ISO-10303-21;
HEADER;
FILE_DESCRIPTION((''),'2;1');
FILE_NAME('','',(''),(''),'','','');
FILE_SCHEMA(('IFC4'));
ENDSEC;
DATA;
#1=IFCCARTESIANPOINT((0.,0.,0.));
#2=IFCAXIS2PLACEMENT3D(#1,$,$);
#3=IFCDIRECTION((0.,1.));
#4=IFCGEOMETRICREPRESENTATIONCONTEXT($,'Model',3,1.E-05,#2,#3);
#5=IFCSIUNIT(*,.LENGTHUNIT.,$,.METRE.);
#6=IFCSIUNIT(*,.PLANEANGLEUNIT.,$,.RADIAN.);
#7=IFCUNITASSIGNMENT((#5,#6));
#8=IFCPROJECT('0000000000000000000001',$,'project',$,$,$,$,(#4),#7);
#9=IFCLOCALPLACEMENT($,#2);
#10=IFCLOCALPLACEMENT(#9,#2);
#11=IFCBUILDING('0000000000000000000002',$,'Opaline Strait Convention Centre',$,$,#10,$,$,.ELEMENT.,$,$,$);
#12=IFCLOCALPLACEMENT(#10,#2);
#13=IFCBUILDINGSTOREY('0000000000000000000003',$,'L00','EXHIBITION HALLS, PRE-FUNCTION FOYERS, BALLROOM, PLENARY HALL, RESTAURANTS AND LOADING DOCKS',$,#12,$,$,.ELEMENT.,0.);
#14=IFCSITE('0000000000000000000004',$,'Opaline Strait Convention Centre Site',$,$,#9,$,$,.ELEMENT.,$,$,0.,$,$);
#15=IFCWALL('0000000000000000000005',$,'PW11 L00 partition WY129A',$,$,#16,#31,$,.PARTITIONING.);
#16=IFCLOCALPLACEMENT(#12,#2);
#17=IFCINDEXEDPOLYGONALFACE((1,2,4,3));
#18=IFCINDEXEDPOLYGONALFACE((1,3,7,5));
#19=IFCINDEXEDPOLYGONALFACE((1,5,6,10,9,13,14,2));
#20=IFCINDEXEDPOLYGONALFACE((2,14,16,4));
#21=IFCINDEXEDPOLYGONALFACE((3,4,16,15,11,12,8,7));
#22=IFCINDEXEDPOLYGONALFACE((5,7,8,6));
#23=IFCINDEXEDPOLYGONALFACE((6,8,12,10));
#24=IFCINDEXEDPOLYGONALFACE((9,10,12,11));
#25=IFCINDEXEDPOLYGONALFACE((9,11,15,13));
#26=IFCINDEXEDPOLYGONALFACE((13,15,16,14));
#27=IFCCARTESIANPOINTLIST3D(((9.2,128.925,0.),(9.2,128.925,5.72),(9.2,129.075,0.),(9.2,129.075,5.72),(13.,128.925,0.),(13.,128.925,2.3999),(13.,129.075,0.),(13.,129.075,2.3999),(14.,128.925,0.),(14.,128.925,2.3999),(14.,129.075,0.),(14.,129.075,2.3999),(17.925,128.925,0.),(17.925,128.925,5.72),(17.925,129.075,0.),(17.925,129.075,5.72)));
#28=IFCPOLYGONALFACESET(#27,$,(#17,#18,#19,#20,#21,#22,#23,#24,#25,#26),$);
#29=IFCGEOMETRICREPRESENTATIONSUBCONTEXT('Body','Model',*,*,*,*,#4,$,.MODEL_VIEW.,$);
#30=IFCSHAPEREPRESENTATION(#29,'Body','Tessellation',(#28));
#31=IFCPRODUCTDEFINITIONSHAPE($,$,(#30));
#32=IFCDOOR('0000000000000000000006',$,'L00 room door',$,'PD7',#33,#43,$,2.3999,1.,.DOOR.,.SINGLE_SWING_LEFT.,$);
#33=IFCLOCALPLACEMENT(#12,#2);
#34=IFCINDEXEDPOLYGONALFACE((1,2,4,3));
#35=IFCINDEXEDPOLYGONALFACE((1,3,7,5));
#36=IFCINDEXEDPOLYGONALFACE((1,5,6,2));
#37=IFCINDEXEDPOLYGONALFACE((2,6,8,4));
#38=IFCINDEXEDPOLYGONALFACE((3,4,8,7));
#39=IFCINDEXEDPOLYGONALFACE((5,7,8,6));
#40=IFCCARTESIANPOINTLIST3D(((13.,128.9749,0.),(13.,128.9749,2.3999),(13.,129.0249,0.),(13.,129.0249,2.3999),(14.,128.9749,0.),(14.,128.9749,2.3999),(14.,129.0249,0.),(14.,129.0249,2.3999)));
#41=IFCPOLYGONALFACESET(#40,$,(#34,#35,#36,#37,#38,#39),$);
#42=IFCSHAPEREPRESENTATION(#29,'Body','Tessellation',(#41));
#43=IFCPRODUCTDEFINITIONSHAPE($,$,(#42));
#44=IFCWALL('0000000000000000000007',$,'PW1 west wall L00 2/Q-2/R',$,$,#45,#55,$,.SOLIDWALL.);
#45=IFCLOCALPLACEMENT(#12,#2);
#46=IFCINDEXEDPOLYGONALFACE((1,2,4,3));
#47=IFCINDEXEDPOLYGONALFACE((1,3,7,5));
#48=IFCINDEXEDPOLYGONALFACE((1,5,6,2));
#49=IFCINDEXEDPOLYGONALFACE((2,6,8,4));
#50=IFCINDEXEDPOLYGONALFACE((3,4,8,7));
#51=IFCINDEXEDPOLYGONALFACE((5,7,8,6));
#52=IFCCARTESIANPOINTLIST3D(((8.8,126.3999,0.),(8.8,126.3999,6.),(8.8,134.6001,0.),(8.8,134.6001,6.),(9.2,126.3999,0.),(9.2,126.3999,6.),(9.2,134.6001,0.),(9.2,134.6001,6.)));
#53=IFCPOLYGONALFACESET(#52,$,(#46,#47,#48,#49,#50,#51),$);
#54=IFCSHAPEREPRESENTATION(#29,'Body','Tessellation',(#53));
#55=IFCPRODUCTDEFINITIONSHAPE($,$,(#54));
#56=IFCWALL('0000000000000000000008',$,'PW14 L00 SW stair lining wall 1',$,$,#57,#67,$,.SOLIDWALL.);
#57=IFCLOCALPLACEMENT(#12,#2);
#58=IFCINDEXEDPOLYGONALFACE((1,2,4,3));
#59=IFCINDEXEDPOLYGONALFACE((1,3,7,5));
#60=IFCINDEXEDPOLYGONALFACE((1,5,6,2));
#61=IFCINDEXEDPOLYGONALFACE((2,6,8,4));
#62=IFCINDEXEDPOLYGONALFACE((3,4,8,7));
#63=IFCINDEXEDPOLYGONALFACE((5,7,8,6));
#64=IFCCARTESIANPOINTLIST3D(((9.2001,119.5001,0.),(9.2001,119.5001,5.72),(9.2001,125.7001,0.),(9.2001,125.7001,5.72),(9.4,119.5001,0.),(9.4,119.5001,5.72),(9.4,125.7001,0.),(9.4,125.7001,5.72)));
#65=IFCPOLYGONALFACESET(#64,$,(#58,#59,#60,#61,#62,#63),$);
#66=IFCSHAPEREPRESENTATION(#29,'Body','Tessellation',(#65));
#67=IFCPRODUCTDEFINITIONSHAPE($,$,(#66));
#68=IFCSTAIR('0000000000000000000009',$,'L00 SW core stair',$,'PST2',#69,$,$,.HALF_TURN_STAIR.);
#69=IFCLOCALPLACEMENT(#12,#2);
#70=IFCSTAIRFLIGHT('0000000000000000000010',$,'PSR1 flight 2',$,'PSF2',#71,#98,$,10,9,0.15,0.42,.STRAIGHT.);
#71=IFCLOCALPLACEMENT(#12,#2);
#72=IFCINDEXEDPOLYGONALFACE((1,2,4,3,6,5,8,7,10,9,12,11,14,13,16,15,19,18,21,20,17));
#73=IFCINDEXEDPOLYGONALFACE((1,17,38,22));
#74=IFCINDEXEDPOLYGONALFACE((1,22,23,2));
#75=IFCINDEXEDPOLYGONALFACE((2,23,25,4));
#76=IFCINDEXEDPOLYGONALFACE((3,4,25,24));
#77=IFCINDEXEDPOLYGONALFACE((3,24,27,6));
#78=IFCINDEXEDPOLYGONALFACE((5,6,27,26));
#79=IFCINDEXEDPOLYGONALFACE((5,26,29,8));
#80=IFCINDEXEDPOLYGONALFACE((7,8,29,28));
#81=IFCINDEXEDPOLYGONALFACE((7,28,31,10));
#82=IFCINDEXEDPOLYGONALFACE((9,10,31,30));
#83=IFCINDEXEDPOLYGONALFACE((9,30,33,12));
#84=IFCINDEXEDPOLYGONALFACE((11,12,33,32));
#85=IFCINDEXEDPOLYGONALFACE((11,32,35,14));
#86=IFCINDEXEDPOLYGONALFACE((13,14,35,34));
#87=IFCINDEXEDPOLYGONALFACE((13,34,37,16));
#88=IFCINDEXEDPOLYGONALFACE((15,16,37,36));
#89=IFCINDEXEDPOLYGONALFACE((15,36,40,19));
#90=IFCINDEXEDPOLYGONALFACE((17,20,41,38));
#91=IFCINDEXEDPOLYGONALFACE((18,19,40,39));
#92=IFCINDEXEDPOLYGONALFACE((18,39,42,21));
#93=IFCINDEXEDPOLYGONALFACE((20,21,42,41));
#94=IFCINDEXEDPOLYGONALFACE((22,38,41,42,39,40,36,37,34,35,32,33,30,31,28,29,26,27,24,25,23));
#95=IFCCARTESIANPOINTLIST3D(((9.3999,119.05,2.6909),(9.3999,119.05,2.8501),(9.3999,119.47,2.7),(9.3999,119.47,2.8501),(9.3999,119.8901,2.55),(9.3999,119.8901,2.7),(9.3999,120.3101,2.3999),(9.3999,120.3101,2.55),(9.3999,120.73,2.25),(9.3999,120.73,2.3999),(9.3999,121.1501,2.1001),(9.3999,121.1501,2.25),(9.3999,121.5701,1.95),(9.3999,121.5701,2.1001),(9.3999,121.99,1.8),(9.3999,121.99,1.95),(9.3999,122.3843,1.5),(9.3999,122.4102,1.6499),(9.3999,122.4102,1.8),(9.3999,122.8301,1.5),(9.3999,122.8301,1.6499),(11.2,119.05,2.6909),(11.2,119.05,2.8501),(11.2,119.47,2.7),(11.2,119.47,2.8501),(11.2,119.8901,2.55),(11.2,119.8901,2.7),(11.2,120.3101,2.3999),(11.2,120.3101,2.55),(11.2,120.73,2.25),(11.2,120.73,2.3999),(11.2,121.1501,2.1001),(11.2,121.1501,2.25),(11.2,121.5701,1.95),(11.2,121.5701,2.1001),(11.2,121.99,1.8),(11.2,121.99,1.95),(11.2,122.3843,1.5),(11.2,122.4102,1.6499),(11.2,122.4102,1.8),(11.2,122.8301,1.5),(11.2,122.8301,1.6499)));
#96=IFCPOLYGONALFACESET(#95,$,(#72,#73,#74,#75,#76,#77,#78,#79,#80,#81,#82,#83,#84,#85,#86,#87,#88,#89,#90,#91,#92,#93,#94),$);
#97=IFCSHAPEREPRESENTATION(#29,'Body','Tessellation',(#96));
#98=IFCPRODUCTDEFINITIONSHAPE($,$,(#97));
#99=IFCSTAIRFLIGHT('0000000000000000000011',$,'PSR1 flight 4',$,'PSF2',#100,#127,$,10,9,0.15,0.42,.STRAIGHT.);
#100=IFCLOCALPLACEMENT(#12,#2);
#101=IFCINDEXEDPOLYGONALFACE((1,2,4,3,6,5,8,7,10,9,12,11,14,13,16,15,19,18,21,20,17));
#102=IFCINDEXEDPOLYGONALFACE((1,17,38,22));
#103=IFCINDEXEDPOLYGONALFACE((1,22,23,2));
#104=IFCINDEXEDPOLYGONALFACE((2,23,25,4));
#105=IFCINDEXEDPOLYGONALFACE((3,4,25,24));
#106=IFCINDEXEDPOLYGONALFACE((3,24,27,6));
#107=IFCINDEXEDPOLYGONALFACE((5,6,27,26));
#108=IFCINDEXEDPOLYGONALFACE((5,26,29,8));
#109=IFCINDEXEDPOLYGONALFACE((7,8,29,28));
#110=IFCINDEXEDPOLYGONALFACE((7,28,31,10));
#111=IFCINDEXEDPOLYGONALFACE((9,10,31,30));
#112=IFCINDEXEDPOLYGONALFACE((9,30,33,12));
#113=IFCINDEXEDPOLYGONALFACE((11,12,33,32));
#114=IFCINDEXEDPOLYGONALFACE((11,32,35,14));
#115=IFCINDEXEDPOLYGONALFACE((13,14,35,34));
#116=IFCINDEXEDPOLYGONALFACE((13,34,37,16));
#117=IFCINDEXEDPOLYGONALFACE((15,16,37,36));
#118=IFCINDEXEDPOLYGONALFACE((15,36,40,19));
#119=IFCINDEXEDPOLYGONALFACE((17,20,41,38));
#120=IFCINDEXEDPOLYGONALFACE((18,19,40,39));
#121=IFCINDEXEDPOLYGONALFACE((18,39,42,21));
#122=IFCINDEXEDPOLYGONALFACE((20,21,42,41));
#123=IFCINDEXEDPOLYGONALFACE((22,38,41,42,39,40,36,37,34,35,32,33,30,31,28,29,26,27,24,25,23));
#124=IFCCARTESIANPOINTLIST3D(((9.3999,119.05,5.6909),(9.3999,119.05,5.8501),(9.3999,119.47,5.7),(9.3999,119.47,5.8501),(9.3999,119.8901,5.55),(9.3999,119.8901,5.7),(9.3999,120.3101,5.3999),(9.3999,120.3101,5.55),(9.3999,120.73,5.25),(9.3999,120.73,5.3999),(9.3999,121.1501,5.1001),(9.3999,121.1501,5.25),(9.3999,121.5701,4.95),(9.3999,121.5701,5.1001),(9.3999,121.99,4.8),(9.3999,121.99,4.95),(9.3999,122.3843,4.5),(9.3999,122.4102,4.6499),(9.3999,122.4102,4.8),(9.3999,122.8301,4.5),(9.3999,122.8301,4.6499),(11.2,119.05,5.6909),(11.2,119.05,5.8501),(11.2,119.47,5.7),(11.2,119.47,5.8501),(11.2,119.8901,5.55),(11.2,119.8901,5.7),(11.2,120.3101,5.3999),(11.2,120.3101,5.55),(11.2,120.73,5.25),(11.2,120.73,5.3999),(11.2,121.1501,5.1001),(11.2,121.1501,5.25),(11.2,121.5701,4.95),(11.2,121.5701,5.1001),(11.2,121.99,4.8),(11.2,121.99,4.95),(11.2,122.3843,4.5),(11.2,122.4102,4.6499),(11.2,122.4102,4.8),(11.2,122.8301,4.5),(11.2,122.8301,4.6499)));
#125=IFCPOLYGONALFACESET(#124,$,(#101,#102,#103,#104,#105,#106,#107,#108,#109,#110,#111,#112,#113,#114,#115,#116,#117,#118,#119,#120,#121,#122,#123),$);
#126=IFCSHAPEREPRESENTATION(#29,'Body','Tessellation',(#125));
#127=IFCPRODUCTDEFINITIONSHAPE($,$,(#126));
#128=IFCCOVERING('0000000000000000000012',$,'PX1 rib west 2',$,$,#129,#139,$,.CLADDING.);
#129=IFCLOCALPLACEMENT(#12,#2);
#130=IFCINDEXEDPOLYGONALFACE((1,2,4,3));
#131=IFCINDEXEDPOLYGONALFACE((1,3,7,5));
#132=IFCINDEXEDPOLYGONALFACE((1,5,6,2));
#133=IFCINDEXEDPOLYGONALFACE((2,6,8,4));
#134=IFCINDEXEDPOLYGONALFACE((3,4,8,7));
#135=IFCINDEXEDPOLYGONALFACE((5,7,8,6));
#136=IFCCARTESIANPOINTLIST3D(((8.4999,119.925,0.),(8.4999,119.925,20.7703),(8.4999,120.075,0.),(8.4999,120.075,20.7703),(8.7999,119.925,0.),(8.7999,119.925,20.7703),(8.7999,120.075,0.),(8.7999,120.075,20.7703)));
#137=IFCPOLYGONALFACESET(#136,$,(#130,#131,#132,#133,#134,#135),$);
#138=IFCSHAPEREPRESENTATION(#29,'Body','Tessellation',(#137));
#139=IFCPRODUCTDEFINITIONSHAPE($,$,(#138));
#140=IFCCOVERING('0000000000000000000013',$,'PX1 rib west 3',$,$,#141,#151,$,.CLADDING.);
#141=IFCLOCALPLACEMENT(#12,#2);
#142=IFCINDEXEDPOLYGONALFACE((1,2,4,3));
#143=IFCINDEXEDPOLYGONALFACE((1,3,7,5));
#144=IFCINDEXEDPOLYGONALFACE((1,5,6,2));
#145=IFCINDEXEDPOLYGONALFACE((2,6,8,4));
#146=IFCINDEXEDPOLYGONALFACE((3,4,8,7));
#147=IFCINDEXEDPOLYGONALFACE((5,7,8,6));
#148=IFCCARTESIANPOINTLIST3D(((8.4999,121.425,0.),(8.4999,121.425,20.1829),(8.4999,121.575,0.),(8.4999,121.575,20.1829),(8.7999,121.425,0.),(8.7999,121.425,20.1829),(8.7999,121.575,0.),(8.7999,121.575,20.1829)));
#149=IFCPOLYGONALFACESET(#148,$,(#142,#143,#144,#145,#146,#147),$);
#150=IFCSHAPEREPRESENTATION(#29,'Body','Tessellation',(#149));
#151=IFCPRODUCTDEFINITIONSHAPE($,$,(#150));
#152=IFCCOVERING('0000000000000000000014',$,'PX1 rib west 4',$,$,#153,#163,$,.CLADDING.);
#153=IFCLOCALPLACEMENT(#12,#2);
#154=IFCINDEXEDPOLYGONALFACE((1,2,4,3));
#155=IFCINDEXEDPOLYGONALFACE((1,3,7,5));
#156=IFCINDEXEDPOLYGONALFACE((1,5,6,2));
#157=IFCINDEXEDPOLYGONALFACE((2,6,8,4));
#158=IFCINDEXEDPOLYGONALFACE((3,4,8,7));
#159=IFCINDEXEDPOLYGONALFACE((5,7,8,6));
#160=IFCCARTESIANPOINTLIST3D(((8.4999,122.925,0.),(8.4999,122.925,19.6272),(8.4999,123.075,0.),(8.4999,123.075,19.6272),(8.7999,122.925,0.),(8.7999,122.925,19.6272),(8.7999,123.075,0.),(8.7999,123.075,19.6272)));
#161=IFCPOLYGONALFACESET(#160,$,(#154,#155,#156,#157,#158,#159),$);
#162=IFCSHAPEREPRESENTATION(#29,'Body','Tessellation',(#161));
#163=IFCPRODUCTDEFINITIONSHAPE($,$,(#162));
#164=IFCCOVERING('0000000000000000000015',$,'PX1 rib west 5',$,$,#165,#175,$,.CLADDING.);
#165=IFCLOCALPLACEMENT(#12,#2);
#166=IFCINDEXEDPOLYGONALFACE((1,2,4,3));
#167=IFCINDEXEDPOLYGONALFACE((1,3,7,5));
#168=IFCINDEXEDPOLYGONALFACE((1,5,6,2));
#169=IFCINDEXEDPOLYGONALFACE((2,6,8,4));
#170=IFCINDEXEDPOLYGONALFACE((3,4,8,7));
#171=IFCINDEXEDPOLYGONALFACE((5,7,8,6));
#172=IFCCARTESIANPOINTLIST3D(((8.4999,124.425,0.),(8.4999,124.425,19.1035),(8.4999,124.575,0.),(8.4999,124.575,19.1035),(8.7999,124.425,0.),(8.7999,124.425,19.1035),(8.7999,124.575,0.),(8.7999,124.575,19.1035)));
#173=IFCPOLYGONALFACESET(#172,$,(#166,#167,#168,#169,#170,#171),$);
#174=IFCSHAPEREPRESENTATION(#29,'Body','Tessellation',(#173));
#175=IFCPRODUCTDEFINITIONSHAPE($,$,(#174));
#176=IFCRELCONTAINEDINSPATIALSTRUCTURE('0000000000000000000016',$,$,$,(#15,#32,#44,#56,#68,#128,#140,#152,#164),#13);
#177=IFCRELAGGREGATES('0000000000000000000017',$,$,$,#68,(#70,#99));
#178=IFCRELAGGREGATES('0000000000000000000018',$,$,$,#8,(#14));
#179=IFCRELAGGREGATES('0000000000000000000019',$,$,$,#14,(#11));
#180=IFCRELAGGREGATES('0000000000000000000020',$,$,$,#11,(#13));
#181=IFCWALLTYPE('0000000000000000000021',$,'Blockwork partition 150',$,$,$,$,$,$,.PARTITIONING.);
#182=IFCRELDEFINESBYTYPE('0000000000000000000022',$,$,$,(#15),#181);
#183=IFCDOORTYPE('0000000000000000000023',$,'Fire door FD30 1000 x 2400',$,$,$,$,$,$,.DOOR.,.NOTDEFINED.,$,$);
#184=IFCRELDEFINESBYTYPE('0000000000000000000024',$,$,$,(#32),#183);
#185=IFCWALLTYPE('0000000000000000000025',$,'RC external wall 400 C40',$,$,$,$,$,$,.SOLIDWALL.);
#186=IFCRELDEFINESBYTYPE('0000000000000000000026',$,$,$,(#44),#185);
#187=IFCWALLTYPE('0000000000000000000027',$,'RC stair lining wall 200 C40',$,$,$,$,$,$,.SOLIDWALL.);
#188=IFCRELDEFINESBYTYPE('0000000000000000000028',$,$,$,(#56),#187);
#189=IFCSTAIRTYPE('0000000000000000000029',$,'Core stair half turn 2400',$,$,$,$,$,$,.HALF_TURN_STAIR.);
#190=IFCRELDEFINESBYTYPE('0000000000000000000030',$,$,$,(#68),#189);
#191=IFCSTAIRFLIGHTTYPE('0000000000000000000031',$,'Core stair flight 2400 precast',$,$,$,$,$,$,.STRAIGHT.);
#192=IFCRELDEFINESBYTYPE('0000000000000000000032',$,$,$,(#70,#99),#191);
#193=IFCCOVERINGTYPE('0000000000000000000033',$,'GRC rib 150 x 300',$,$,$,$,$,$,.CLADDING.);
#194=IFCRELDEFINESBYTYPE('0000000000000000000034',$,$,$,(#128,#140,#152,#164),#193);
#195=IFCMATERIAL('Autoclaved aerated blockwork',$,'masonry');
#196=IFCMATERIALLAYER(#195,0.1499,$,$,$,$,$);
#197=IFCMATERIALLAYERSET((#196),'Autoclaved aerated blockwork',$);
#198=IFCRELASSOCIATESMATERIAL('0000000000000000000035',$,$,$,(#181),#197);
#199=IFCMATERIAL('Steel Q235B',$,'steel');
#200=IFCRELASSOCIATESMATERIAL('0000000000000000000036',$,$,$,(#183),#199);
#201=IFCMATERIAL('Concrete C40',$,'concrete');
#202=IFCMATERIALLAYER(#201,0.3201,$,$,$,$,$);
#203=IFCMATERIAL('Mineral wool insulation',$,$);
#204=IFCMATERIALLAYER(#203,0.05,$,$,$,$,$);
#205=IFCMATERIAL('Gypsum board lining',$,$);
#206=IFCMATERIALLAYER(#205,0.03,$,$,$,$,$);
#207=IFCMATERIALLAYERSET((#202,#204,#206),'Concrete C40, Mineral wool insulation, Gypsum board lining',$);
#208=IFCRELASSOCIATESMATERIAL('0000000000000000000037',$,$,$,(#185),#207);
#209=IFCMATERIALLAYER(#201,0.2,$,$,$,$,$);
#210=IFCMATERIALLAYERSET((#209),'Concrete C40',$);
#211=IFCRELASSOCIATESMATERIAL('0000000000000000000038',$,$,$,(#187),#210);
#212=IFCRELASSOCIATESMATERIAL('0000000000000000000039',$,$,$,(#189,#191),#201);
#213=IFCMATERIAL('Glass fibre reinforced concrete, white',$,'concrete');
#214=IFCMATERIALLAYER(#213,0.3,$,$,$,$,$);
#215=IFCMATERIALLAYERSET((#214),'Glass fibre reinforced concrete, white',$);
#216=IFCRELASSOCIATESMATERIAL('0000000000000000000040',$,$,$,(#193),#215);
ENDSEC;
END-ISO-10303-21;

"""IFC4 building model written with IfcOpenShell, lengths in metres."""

from ifc_helpers import new_model, si_unit, direction, frame, frame_2d, origin, origin_2d, place, context, subcontext, project, spatial, polyline, rectangle, outline, extrude, material, layer, layer_set, type_object, element, fill, aggregate, save


model = new_model("IFC4")

# Units and contexts
model_context = context("Model", 3, precision=1e-05, world=origin(), true_north=direction((0.0, 1.0)))
body_context = subcontext(model_context, "Body", "Model", "MODEL_VIEW")
ifc_project = project(units=[si_unit("LENGTHUNIT", "METRE"), si_unit("PLANEANGLEUNIT", "RADIAN")], contexts=[model_context])

# Site, building, storey
site_placement = place(None, origin())
site = spatial("IfcSite", under=ifc_project, at=site_placement, Name="Opaline Strait Convention Centre Site", CompositionType="ELEMENT", RefElevation=0.0)
building_placement = place(site_placement, origin())
building = spatial("IfcBuilding", under=site, at=building_placement, Name="Opaline Strait Convention Centre", CompositionType="ELEMENT")
storey_placement = place(building_placement, origin())
storey = spatial("IfcBuildingStorey", under=building, at=storey_placement, Name="L00", Description="EXHIBITION HALLS, PRE-FUNCTION FOYERS, BALLROOM, PLENARY HALL, RESTAURANTS AND LOADING DOCKS", CompositionType="ELEMENT", Elevation=0.0)

# Shared definitions
ifc_material_1 = material(Name="Concrete C40", Category="concrete")

# Wall, opening, door
ifc_material_2 = material(Name="Autoclaved aerated blockwork", Category="masonry")
ifc_layer_1 = layer(ifc_material_2, 0.1499)
ifc_layer_set_1 = layer_set([ifc_layer_1], Name="Autoclaved aerated blockwork")
wall_type_1 = type_object("IfcWallType", Name="Blockwork partition 150", PredefinedType="PARTITIONING", material=ifc_layer_set_1)
wall_1_placement = place(storey_placement, frame((9.2, 129.0, 0.0), z_axis=(0.0, 0.0, 1.0), x_axis=(1.0, 0.0, 0.0)))
wall_1 = element("IfcWall", 1, at=wall_1_placement, inside=storey, type_object=wall_type_1, Name="PW11 L00 partition WY129A", PredefinedType="PARTITIONING", context=body_context, shape_type="SweptSolid", body=[
    extrude(rectangle(XDim=8.7251, YDim=0.1499, at=frame_2d((4.3625, 0.0))), origin(), (0.0, 0.0, 1.0), 5.72),
])
opening_1_placement = place(wall_1_placement, frame((3.8, 0.0, 0.0)))
opening_1 = element("IfcOpeningElement", 2, at=opening_1_placement, cuts=wall_1, PredefinedType="OPENING", context=body_context, shape_type="SweptSolid", body=[
    extrude(rectangle(XDim=1.0, YDim=2.3999, at=frame_2d((0.5, 1.2))), frame((0.0, 0.085, 0.0), z_axis=(0.0, -1.0, 0.0), x_axis=(1.0, 0.0, 0.0)), (0.0, 0.0, 1.0), 0.1699),
])
ifc_material_3 = material(Name="Steel Q235B", Category="steel")
door_type_1 = type_object("IfcDoorType", Name="Fire door FD30 1000 x 2400", OperationType="NOTDEFINED", PredefinedType="DOOR", material=ifc_material_3)
door_1_placement = place(opening_1_placement, origin())
door_1 = element("IfcDoor", 3, at=door_1_placement, inside=storey, type_object=door_type_1, Name="L00 room door", ObjectType="PD7", OperationType="SINGLE_SWING_LEFT", OverallHeight=2.3999, OverallWidth=1.0, PredefinedType="DOOR", context=body_context, shape_type="SweptSolid", body=[
    extrude(rectangle(XDim=1.0, YDim=2.3999, at=frame_2d((0.5, 1.2))), frame((0.0, 0.0249, 0.0), z_axis=(0.0, -1.0, 0.0), x_axis=(1.0, 0.0, 0.0)), (0.0, 0.0, 1.0), 0.05),
])
fill(opening_1, door_1)

# Wall
ifc_layer_2 = layer(ifc_material_1, 0.3201)
ifc_material_4 = material(Name="Mineral wool insulation")
ifc_layer_3 = layer(ifc_material_4, 0.05)
ifc_material_5 = material(Name="Gypsum board lining")
ifc_layer_4 = layer(ifc_material_5, 0.03)
ifc_layer_set_2 = layer_set([ifc_layer_2, ifc_layer_3, ifc_layer_4], Name="Concrete C40, Mineral wool insulation, Gypsum board lining")
wall_type_2 = type_object("IfcWallType", Name="RC external wall 400 C40", PredefinedType="SOLIDWALL", material=ifc_layer_set_2)
wall_2_placement = place(storey_placement, frame((9.0, 126.3999, 0.0), z_axis=(0.0, 0.0, 1.0), x_axis=(0.0, 1.0, 0.0)))
element("IfcWall", 4, at=wall_2_placement, inside=storey, type_object=wall_type_2, Name="PW1 west wall L00 2/Q-2/R", PredefinedType="SOLIDWALL", context=body_context, shape_type="SweptSolid", body=[
    extrude(rectangle(XDim=8.2002, YDim=0.3999, at=frame_2d((4.1001, 0.0))), origin(), (0.0, 0.0, 1.0), 6.0),
])

# Wall
ifc_layer_5 = layer(ifc_material_1, 0.2)
ifc_layer_set_3 = layer_set([ifc_layer_5], Name="Concrete C40")
wall_type_3 = type_object("IfcWallType", Name="RC stair lining wall 200 C40", PredefinedType="SOLIDWALL", material=ifc_layer_set_3)
wall_3_placement = place(storey_placement, frame((9.3, 119.5, 0.0), z_axis=(0.0, 0.0, 1.0), x_axis=(0.0, 1.0, 0.0)))
element("IfcWall", 5, at=wall_3_placement, inside=storey, type_object=wall_type_3, Name="PW14 L00 SW stair lining wall 1", PredefinedType="SOLIDWALL", context=body_context, shape_type="SweptSolid", body=[
    extrude(rectangle(XDim=6.2, YDim=0.2, at=frame_2d((3.1001, 0.0))), origin(), (0.0, 0.0, 1.0), 5.72),
])

# Stair, stair flights
stair_type = type_object("IfcStairType", Name="Core stair half turn 2400", PredefinedType="HALF_TURN_STAIR", material=ifc_material_1)
stair_placement = place(storey_placement, origin())
stair = element("IfcStair", 6, at=stair_placement, inside=storey, type_object=stair_type, Name="L00 SW core stair", ObjectType="PST2", PredefinedType="HALF_TURN_STAIR")
stair_flight_type = type_object("IfcStairFlightType", Name="Core stair flight 2400 precast", PredefinedType="STRAIGHT", material=ifc_material_1)
stair_flight_1_placement = place(storey_placement, frame((10.3, 122.8301, 1.5), z_axis=(0.0, 0.0, 1.0), x_axis=(0.0, -1.0, 0.0)))
stair_flight_1 = element("IfcStairFlight", 7, at=stair_flight_1_placement, type_object=stair_flight_type, Name="PSR1 flight 2", ObjectType="PSF2", NumberOfRisers=10, NumberOfTreads=9, PredefinedType="STRAIGHT", RiserHeight=0.15, TreadLength=0.42, context=body_context, shape_type="SweptSolid", body=[
    extrude(outline(polyline([(0.0, 0.0), (0.0, 0.1499), (0.4199, 0.1499), (0.4199, 0.3), (0.8401, 0.3), (0.8401, 0.45), (1.26, 0.45), (1.26, 0.6001), (1.6799, 0.6001), (1.6799, 0.75), (2.1001, 0.75), (2.1001, 0.8999), (2.52, 0.8999), (2.52, 1.05), (2.9399, 1.05), (2.9399, 1.2), (3.3601, 1.2), (3.3601, 1.3501), (3.78, 1.3501), (3.78, 1.5), (3.78, 1.1909), (0.4458, 0.0), (0.0, 0.0)])), frame((0.0, 0.8999, 0.0), z_axis=(0.0, -1.0, 0.0), x_axis=(1.0, 0.0, 0.0)), (0.0, 0.0, 1.0), 1.8),
])
stair_flight_2_placement = place(storey_placement, frame((10.3, 122.8301, 4.5), z_axis=(0.0, 0.0, 1.0), x_axis=(0.0, -1.0, 0.0)))
stair_flight_2 = element("IfcStairFlight", 8, at=stair_flight_2_placement, type_object=stair_flight_type, Name="PSR1 flight 4", ObjectType="PSF2", NumberOfRisers=10, NumberOfTreads=9, PredefinedType="STRAIGHT", RiserHeight=0.15, TreadLength=0.42, context=body_context, shape_type="SweptSolid", body=[
    extrude(outline(polyline([(0.0, 0.0), (0.0, 0.1499), (0.4199, 0.1499), (0.4199, 0.3), (0.8401, 0.3), (0.8401, 0.45), (1.26, 0.45), (1.26, 0.6001), (1.6799, 0.6001), (1.6799, 0.75), (2.1001, 0.75), (2.1001, 0.8999), (2.52, 0.8999), (2.52, 1.05), (2.9399, 1.05), (2.9399, 1.2), (3.3601, 1.2), (3.3601, 1.3501), (3.78, 1.3501), (3.78, 1.5), (3.78, 1.1909), (0.4458, 0.0), (0.0, 0.0)])), frame((0.0, 0.8999, 0.0), z_axis=(0.0, -1.0, 0.0), x_axis=(1.0, 0.0, 0.0)), (0.0, 0.0, 1.0), 1.8),
])
aggregate(stair, [stair_flight_1, stair_flight_2])

# Coverings
ifc_material_6 = material(Name="Glass fibre reinforced concrete, white", Category="concrete")
ifc_layer_6 = layer(ifc_material_6, 0.3)
ifc_layer_set_4 = layer_set([ifc_layer_6], Name="Glass fibre reinforced concrete, white")
covering_type = type_object("IfcCoveringType", Name="GRC rib 150 x 300", PredefinedType="CLADDING", material=ifc_layer_set_4)
covering_1_placement = place(storey_placement, frame((8.6499, 120.0, 0.0), z_axis=(0.0, 0.0, 1.0), x_axis=(1.0, 0.0, 0.0)))
element("IfcCovering", 9, at=covering_1_placement, inside=storey, type_object=covering_type, Name="PX1 rib west 2", PredefinedType="CLADDING", context=body_context, shape_type="SweptSolid", body=[
    extrude(rectangle(XDim=0.3, YDim=0.1499, at=origin_2d()), origin(), (0.0, 0.0, 1.0), 20.7703),
])
covering_2_placement = place(storey_placement, frame((8.6499, 121.5, 0.0), z_axis=(0.0, 0.0, 1.0), x_axis=(1.0, 0.0, 0.0)))
element("IfcCovering", 10, at=covering_2_placement, inside=storey, type_object=covering_type, Name="PX1 rib west 3", PredefinedType="CLADDING", context=body_context, shape_type="SweptSolid", body=[
    extrude(rectangle(XDim=0.3, YDim=0.1499, at=origin_2d()), origin(), (0.0, 0.0, 1.0), 20.1829),
])
covering_3_placement = place(storey_placement, frame((8.6499, 123.0, 0.0), z_axis=(0.0, 0.0, 1.0), x_axis=(1.0, 0.0, 0.0)))
element("IfcCovering", 11, at=covering_3_placement, inside=storey, type_object=covering_type, Name="PX1 rib west 4", PredefinedType="CLADDING", context=body_context, shape_type="SweptSolid", body=[
    extrude(rectangle(XDim=0.3, YDim=0.1499, at=origin_2d()), origin(), (0.0, 0.0, 1.0), 19.6272),
])
covering_4_placement = place(storey_placement, frame((8.6499, 124.5, 0.0), z_axis=(0.0, 0.0, 1.0), x_axis=(1.0, 0.0, 0.0)))
element("IfcCovering", 12, at=covering_4_placement, inside=storey, type_object=covering_type, Name="PX1 rib west 5", PredefinedType="CLADDING", context=body_context, shape_type="SweptSolid", body=[
    extrude(rectangle(XDim=0.3, YDim=0.1499, at=origin_2d()), origin(), (0.0, 0.0, 1.0), 19.1035),
])

save(model, "model.ifc")
